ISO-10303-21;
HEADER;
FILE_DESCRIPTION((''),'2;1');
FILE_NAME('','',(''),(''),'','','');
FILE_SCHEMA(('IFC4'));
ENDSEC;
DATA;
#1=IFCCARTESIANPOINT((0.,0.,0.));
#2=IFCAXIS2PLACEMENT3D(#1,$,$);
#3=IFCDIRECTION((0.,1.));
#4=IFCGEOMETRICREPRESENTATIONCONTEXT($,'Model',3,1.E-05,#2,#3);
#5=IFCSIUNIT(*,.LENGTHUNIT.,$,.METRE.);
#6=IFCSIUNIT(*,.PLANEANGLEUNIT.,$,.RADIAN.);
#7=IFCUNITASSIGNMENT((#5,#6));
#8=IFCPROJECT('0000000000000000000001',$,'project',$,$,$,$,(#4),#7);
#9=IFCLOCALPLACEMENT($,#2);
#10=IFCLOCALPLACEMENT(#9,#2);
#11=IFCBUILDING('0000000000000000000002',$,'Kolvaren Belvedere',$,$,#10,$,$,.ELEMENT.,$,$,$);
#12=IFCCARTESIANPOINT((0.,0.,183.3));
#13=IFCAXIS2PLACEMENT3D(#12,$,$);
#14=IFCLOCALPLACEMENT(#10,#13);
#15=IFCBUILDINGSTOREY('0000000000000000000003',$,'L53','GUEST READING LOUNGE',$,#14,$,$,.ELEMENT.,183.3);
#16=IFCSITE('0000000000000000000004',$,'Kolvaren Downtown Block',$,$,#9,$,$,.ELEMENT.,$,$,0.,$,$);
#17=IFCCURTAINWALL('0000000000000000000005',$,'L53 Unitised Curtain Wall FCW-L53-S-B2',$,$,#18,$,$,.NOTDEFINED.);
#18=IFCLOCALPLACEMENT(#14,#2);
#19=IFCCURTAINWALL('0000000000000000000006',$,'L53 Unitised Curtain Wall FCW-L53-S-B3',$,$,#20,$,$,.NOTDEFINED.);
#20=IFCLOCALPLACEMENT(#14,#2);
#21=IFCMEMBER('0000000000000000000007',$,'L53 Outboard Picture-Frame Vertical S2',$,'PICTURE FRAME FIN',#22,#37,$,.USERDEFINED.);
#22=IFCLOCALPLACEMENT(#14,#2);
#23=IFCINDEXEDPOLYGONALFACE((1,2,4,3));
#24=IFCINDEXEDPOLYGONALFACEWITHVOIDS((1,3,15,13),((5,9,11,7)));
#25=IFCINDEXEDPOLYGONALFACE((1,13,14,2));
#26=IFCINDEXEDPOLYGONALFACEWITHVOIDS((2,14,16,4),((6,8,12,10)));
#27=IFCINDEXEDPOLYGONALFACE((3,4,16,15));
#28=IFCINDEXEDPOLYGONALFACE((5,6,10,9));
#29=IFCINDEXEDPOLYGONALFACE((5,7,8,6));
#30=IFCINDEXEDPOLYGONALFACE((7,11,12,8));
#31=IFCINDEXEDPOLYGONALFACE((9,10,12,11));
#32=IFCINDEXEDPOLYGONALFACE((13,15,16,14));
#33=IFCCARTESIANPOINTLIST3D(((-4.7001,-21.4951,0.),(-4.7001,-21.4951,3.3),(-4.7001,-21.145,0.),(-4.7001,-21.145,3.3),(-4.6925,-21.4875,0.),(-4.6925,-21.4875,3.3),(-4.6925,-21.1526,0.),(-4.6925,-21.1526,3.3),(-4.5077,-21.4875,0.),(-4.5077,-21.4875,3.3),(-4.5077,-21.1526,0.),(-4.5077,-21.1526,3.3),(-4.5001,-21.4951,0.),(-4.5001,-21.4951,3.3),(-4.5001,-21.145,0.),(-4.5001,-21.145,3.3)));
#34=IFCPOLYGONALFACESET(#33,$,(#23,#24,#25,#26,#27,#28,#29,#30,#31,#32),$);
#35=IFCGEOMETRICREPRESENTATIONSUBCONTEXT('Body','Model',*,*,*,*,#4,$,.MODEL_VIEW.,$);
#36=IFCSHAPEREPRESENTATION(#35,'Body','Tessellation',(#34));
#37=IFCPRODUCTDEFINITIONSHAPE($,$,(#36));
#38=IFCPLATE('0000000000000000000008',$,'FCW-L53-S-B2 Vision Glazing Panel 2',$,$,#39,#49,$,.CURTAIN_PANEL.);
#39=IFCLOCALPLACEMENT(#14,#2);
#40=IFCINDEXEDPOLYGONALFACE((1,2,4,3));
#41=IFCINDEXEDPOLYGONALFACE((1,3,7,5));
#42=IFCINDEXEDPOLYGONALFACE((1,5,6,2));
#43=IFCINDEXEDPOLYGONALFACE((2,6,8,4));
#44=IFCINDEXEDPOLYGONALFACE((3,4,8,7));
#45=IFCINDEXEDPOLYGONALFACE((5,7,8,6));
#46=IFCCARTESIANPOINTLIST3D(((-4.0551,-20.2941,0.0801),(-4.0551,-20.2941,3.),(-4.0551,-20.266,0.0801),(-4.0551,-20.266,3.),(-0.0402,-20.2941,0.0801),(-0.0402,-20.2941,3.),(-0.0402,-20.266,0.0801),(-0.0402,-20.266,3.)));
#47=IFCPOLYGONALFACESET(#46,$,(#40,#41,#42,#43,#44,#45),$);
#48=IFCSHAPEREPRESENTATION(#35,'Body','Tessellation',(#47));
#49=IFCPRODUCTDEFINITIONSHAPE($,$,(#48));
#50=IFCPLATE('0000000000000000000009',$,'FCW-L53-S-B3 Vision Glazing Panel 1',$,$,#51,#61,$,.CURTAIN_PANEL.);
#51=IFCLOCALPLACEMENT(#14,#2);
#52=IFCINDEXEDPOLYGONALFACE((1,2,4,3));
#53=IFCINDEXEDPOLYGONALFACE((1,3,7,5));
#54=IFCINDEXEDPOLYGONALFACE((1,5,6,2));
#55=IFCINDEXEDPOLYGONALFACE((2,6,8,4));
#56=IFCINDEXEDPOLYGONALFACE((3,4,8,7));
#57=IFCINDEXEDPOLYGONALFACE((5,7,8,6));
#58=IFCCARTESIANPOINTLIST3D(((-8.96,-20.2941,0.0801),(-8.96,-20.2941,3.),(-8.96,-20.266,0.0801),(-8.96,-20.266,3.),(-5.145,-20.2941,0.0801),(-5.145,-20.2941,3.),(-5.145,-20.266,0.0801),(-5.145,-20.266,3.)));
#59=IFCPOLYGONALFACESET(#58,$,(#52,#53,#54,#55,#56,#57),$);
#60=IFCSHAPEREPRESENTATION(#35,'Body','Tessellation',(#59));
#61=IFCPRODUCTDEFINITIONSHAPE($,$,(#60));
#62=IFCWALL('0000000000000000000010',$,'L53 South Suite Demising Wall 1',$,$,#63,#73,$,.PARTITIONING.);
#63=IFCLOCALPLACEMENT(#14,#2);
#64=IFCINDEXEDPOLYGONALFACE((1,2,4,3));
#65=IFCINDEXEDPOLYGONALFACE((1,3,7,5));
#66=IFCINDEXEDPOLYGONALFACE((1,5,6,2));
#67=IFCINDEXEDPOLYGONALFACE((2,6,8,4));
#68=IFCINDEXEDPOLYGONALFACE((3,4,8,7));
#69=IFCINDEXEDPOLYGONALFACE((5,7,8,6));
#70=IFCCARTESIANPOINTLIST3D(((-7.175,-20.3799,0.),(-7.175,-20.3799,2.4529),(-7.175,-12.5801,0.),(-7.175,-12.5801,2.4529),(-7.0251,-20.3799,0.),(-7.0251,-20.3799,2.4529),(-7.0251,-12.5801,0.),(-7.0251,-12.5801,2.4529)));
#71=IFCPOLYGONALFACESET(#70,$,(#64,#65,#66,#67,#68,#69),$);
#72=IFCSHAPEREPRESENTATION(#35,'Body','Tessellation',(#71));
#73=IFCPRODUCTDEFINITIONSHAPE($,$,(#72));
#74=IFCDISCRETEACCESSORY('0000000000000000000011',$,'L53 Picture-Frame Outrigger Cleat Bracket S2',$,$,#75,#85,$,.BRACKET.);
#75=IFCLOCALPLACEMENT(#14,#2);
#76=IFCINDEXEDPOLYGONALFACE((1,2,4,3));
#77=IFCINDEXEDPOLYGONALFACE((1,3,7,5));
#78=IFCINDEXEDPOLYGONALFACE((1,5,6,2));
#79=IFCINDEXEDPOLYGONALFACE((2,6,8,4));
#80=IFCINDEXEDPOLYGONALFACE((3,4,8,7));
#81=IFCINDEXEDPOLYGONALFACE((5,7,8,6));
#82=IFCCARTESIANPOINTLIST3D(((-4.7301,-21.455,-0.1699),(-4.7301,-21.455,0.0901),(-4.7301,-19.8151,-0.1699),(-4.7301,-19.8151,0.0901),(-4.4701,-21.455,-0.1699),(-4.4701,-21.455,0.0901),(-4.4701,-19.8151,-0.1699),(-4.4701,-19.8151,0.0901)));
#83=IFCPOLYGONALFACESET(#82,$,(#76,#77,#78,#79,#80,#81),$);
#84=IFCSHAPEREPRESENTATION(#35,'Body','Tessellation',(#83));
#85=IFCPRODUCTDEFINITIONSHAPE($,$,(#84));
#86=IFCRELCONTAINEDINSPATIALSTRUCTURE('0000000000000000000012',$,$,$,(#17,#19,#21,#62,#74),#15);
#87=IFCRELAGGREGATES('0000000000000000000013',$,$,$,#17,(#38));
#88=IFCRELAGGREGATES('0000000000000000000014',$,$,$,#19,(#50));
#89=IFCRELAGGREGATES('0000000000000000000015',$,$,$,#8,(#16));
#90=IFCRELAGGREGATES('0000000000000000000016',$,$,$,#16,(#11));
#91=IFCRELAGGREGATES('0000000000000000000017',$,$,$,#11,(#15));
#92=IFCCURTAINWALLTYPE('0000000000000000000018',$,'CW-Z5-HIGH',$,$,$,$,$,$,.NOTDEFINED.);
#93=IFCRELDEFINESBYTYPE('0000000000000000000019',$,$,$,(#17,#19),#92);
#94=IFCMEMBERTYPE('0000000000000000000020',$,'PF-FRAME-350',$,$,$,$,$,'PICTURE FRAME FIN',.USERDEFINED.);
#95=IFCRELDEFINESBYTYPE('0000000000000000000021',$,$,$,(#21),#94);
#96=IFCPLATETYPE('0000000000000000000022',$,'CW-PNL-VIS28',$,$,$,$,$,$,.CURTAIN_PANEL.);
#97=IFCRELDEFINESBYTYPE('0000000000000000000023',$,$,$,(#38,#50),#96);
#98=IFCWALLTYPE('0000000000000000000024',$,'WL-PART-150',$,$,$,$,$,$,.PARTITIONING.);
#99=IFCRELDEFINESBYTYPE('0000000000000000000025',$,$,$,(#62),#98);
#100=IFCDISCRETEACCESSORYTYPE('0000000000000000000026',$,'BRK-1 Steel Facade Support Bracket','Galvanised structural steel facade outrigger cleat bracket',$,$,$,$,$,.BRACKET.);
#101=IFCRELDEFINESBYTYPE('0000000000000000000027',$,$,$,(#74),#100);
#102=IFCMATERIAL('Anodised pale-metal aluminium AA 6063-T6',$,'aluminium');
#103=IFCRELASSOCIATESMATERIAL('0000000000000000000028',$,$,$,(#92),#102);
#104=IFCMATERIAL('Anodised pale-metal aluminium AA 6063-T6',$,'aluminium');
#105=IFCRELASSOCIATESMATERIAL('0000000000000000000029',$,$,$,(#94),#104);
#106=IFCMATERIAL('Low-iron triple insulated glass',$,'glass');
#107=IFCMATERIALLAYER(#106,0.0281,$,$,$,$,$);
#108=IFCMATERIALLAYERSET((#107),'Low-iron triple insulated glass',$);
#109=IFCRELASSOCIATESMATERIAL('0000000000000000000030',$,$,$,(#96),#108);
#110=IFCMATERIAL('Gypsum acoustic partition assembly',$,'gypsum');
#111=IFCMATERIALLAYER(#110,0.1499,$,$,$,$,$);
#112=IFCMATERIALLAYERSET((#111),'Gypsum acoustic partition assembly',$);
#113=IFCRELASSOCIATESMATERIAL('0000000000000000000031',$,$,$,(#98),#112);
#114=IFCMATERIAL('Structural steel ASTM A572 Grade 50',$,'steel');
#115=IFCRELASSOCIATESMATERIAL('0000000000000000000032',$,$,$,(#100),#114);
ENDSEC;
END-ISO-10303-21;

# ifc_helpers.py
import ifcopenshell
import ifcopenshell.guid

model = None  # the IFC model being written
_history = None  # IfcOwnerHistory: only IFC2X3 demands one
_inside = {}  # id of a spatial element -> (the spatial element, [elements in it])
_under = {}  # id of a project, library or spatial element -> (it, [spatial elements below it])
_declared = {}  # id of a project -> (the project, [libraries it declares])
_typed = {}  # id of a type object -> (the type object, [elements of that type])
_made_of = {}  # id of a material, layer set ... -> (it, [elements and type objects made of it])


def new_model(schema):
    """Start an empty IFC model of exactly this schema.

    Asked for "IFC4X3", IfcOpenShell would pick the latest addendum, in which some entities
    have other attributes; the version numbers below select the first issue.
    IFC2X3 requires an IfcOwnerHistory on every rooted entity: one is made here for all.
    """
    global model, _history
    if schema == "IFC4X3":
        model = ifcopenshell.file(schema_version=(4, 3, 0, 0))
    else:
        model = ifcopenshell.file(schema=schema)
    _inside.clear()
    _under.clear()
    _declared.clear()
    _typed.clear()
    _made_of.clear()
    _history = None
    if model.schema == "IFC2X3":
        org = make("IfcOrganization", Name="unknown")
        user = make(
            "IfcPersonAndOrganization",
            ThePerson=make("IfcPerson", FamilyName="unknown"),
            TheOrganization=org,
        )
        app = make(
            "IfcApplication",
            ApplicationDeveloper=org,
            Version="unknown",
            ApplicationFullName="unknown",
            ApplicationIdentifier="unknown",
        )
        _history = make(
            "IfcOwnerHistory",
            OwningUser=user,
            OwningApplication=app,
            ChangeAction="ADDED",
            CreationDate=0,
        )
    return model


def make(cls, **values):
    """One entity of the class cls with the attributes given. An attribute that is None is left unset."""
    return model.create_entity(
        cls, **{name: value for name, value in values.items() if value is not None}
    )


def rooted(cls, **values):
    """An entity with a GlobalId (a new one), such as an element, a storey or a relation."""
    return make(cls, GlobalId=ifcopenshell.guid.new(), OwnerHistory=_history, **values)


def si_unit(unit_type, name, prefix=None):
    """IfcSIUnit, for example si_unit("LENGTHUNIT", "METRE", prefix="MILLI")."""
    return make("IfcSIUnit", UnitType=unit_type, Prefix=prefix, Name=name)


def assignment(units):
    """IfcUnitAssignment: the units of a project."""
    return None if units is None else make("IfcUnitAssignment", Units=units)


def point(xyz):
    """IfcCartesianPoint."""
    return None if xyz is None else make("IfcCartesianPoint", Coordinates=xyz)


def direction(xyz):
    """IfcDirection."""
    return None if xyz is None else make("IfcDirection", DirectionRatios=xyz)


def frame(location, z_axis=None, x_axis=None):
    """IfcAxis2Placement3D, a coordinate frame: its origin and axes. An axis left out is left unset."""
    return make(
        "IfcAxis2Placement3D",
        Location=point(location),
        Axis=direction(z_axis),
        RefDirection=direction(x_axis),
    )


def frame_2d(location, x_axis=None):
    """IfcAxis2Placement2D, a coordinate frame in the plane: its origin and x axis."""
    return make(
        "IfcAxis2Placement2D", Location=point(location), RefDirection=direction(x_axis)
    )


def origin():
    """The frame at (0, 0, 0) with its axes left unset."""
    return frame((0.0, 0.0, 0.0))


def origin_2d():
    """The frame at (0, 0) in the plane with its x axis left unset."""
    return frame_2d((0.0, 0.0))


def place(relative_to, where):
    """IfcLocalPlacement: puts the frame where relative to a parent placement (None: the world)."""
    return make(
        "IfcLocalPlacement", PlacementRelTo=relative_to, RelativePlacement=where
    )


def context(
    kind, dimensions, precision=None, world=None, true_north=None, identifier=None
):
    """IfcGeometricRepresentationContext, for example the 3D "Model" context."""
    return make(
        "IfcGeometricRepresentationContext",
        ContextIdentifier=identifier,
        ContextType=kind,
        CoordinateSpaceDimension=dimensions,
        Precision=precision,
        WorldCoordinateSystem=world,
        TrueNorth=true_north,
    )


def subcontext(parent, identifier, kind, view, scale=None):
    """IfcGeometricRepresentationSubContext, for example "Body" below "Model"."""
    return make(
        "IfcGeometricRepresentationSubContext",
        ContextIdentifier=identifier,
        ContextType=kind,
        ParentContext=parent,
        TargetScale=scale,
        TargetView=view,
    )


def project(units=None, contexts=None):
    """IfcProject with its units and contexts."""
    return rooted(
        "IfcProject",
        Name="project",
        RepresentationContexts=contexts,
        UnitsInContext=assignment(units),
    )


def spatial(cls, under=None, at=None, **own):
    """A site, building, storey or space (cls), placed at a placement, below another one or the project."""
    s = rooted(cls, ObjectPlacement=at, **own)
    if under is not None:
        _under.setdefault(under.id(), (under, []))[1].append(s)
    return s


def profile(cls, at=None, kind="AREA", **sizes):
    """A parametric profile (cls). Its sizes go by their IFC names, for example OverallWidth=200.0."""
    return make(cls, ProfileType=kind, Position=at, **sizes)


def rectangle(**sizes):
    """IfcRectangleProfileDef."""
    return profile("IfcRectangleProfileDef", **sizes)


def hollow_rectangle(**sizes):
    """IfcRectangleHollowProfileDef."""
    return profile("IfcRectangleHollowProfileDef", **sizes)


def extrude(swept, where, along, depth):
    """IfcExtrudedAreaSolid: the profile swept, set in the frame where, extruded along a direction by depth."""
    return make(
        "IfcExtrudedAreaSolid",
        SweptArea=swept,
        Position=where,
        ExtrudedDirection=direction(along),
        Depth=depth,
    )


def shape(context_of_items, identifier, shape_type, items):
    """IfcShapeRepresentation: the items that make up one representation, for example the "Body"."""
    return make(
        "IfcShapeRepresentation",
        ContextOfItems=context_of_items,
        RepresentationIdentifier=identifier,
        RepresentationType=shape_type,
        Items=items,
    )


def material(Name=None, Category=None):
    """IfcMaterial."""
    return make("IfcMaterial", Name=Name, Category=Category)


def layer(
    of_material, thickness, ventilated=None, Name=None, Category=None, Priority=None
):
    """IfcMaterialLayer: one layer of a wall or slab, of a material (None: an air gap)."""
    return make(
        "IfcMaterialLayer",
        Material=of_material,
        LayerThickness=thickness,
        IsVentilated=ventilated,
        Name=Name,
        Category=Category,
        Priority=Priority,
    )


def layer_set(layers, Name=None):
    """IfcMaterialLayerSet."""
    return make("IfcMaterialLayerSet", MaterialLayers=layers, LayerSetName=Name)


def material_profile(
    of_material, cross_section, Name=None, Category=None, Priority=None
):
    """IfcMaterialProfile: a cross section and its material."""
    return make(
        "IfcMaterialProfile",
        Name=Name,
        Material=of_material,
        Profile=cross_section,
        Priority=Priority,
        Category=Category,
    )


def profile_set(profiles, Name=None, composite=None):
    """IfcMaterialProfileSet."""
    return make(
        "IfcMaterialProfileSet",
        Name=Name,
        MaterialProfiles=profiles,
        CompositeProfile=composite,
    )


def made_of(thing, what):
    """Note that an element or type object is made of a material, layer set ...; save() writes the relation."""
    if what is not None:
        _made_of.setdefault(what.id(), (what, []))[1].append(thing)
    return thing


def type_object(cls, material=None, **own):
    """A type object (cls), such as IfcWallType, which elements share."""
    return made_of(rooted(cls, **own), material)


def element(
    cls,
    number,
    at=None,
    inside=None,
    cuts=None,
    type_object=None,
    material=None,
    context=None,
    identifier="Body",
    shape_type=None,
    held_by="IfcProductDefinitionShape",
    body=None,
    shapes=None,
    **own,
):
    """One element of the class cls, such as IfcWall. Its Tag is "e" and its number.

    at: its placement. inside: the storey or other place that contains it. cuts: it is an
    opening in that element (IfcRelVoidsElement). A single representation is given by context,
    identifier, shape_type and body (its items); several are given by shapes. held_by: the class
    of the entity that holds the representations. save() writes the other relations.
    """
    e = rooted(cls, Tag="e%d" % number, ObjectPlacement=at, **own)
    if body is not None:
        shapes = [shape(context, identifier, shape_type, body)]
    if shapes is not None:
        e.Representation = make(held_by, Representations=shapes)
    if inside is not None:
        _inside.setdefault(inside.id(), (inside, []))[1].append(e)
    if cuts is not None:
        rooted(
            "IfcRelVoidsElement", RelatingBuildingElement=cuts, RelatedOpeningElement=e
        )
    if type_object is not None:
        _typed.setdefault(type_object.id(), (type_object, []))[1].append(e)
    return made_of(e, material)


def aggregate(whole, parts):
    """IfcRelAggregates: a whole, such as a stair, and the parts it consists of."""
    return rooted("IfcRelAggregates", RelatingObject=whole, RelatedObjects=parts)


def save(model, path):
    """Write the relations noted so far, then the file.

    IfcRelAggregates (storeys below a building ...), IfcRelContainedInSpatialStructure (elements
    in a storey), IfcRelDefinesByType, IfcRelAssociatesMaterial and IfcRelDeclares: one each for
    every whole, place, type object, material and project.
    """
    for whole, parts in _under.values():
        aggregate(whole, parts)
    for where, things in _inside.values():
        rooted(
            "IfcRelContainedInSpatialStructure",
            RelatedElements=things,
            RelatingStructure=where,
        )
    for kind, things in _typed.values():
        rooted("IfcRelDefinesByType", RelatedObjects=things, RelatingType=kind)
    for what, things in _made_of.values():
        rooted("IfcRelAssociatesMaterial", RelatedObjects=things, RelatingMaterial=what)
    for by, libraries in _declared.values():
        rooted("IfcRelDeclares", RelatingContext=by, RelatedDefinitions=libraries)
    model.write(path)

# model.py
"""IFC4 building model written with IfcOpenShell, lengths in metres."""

from ifc_helpers import new_model, si_unit, direction, frame, frame_2d, origin, origin_2d, place, context, subcontext, project, spatial, rectangle, hollow_rectangle, extrude, material, layer, layer_set, material_profile, profile_set, type_object, element, aggregate, save


model = new_model("IFC4")

# Units and contexts
model_context = context("Model", 3, precision=1e-05, world=origin(), true_north=direction((0.0, 1.0)))
body_context = subcontext(model_context, "Body", "Model", "MODEL_VIEW")
ifc_project = project(units=[si_unit("LENGTHUNIT", "METRE"), si_unit("PLANEANGLEUNIT", "RADIAN")], contexts=[model_context])

# Site, building, storey
site_placement = place(None, origin())
site = spatial("IfcSite", under=ifc_project, at=site_placement, Name="Kolvaren Downtown Block", CompositionType="ELEMENT", RefElevation=0.0)
building_placement = place(site_placement, origin())
building = spatial("IfcBuilding", under=site, at=building_placement, Name="Kolvaren Belvedere", CompositionType="ELEMENT")
storey_placement = place(building_placement, frame((0.0, 0.0, 183.3)))
storey = spatial("IfcBuildingStorey", under=building, at=storey_placement, Name="L53", Description="GUEST READING LOUNGE", CompositionType="ELEMENT", Elevation=183.3)

# Curtain wall
ifc_material_1 = material(Name="Anodised pale-metal aluminium AA 6063-T6", Category="aluminium")
curtain_wall_type = type_object("IfcCurtainWallType", Name="CW-Z5-HIGH", PredefinedType="NOTDEFINED", material=ifc_material_1)
curtain_wall_1_placement = place(storey_placement, origin())
curtain_wall_1 = element("IfcCurtainWall", 1, at=curtain_wall_1_placement, inside=storey, type_object=curtain_wall_type, Name="L53 Unitised Curtain Wall FCW-L53-S-B2", PredefinedType="NOTDEFINED")

# Curtain wall
curtain_wall_2_placement = place(storey_placement, origin())
curtain_wall_2 = element("IfcCurtainWall", 2, at=curtain_wall_2_placement, inside=storey, type_object=curtain_wall_type, Name="L53 Unitised Curtain Wall FCW-L53-S-B3", PredefinedType="NOTDEFINED")

# Member
ifc_material_2 = material(Name="Anodised pale-metal aluminium AA 6063-T6", Category="aluminium")
ifc_material_profile_1 = material_profile(ifc_material_2, hollow_rectangle(XDim=0.2, YDim=0.3501, WallThickness=0.0076, at=origin_2d()), Name="ALU-PF-350X200")
ifc_profile_set_1 = profile_set([ifc_material_profile_1], Name="Anodised pale-metal aluminium AA 6063-T6")
member_type_1 = type_object("IfcMemberType", Name="PF-FRAME-350", ElementType="PICTURE FRAME FIN", PredefinedType="USERDEFINED", material=ifc_profile_set_1)
member_1_placement = place(storey_placement, frame((-4.6001, -21.3201, 0.0), z_axis=(0.0, 0.0, 1.0), x_axis=(1.0, 0.0, 0.0)))
element("IfcMember", 3, at=member_1_placement, inside=storey, type_object=member_type_1, Name="L53 Outboard Picture-Frame Vertical S2", ObjectType="PICTURE FRAME FIN", PredefinedType="USERDEFINED", context=body_context, shape_type="SweptSolid", body=[
    extrude(hollow_rectangle(XDim=0.2, YDim=0.3501, WallThickness=0.0076, at=origin_2d()), origin(), (0.0, 0.0, 1.0), 3.3),
])

# Plates
ifc_material_3 = material(Name="Low-iron triple insulated glass", Category="glass")
ifc_layer_1 = layer(ifc_material_3, 0.0281)
ifc_layer_set_1 = layer_set([ifc_layer_1], Name="Low-iron triple insulated glass")
plate_type = type_object("IfcPlateType", Name="CW-PNL-VIS28", PredefinedType="CURTAIN_PANEL", material=ifc_layer_set_1)
plate_1_placement = place(storey_placement, frame((-2.0476, -20.28, 0.0801), z_axis=(0.0, 0.0, 1.0), x_axis=(-1.0, 0.0, 0.0)))
plate_1 = element("IfcPlate", 4, at=plate_1_placement, type_object=plate_type, Name="FCW-L53-S-B2 Vision Glazing Panel 2", PredefinedType="CURTAIN_PANEL", context=body_context, shape_type="SweptSolid", body=[
    extrude(rectangle(XDim=4.0149, YDim=0.0281, at=origin_2d()), origin(), (0.0, 0.0, 1.0), 2.9199),
])
aggregate(curtain_wall_1, [plate_1])
plate_2_placement = place(storey_placement, frame((-7.0525, -20.28, 0.0801), z_axis=(0.0, 0.0, 1.0), x_axis=(-1.0, 0.0, 0.0)))
plate_2 = element("IfcPlate", 5, at=plate_2_placement, type_object=plate_type, Name="FCW-L53-S-B3 Vision Glazing Panel 1", PredefinedType="CURTAIN_PANEL", context=body_context, shape_type="SweptSolid", body=[
    extrude(rectangle(XDim=3.8149, YDim=0.0281, at=origin_2d()), origin(), (0.0, 0.0, 1.0), 2.9199),
])
aggregate(curtain_wall_2, [plate_2])

# Wall
ifc_material_4 = material(Name="Gypsum acoustic partition assembly", Category="gypsum")
ifc_layer_2 = layer(ifc_material_4, 0.1499)
ifc_layer_set_2 = layer_set([ifc_layer_2], Name="Gypsum acoustic partition assembly")
wall_type = type_object("IfcWallType", Name="WL-PART-150", PredefinedType="PARTITIONING", material=ifc_layer_set_2)
wall_placement = place(storey_placement, frame((-7.1001, -20.3799, 0.0), z_axis=(0.0, 0.0, 1.0), x_axis=(0.0, 1.0, 0.0)))
element("IfcWall", 6, at=wall_placement, inside=storey, type_object=wall_type, Name="L53 South Suite Demising Wall 1", PredefinedType="PARTITIONING", context=body_context, shape_type="SweptSolid", body=[
    extrude(rectangle(XDim=7.7998, YDim=0.1499, at=frame_2d((3.8999, 0.0))), origin(), (0.0, 0.0, 1.0), 2.4529),
])

# Discrete accessory
ifc_material_5 = material(Name="Structural steel ASTM A572 Grade 50", Category="steel")
discrete_accessory_type = type_object("IfcDiscreteAccessoryType", Name="BRK-1 Steel Facade Support Bracket", Description="Galvanised structural steel facade outrigger cleat bracket", PredefinedType="BRACKET", material=ifc_material_5)
discrete_accessory_placement = place(storey_placement, frame((-4.6001, -20.635, -0.1699), z_axis=(0.0, 0.0, 1.0), x_axis=(0.0, 1.0, 0.0)))
element("IfcDiscreteAccessory", 7, at=discrete_accessory_placement, inside=storey, type_object=discrete_accessory_type, Name="L53 Picture-Frame Outrigger Cleat Bracket S2", PredefinedType="BRACKET", context=body_context, shape_type="SweptSolid", body=[
    extrude(rectangle(XDim=1.6399, YDim=0.26, at=origin_2d()), origin(), (0.0, 0.0, 1.0), 0.26),
])

save(model, "model.ifc")
